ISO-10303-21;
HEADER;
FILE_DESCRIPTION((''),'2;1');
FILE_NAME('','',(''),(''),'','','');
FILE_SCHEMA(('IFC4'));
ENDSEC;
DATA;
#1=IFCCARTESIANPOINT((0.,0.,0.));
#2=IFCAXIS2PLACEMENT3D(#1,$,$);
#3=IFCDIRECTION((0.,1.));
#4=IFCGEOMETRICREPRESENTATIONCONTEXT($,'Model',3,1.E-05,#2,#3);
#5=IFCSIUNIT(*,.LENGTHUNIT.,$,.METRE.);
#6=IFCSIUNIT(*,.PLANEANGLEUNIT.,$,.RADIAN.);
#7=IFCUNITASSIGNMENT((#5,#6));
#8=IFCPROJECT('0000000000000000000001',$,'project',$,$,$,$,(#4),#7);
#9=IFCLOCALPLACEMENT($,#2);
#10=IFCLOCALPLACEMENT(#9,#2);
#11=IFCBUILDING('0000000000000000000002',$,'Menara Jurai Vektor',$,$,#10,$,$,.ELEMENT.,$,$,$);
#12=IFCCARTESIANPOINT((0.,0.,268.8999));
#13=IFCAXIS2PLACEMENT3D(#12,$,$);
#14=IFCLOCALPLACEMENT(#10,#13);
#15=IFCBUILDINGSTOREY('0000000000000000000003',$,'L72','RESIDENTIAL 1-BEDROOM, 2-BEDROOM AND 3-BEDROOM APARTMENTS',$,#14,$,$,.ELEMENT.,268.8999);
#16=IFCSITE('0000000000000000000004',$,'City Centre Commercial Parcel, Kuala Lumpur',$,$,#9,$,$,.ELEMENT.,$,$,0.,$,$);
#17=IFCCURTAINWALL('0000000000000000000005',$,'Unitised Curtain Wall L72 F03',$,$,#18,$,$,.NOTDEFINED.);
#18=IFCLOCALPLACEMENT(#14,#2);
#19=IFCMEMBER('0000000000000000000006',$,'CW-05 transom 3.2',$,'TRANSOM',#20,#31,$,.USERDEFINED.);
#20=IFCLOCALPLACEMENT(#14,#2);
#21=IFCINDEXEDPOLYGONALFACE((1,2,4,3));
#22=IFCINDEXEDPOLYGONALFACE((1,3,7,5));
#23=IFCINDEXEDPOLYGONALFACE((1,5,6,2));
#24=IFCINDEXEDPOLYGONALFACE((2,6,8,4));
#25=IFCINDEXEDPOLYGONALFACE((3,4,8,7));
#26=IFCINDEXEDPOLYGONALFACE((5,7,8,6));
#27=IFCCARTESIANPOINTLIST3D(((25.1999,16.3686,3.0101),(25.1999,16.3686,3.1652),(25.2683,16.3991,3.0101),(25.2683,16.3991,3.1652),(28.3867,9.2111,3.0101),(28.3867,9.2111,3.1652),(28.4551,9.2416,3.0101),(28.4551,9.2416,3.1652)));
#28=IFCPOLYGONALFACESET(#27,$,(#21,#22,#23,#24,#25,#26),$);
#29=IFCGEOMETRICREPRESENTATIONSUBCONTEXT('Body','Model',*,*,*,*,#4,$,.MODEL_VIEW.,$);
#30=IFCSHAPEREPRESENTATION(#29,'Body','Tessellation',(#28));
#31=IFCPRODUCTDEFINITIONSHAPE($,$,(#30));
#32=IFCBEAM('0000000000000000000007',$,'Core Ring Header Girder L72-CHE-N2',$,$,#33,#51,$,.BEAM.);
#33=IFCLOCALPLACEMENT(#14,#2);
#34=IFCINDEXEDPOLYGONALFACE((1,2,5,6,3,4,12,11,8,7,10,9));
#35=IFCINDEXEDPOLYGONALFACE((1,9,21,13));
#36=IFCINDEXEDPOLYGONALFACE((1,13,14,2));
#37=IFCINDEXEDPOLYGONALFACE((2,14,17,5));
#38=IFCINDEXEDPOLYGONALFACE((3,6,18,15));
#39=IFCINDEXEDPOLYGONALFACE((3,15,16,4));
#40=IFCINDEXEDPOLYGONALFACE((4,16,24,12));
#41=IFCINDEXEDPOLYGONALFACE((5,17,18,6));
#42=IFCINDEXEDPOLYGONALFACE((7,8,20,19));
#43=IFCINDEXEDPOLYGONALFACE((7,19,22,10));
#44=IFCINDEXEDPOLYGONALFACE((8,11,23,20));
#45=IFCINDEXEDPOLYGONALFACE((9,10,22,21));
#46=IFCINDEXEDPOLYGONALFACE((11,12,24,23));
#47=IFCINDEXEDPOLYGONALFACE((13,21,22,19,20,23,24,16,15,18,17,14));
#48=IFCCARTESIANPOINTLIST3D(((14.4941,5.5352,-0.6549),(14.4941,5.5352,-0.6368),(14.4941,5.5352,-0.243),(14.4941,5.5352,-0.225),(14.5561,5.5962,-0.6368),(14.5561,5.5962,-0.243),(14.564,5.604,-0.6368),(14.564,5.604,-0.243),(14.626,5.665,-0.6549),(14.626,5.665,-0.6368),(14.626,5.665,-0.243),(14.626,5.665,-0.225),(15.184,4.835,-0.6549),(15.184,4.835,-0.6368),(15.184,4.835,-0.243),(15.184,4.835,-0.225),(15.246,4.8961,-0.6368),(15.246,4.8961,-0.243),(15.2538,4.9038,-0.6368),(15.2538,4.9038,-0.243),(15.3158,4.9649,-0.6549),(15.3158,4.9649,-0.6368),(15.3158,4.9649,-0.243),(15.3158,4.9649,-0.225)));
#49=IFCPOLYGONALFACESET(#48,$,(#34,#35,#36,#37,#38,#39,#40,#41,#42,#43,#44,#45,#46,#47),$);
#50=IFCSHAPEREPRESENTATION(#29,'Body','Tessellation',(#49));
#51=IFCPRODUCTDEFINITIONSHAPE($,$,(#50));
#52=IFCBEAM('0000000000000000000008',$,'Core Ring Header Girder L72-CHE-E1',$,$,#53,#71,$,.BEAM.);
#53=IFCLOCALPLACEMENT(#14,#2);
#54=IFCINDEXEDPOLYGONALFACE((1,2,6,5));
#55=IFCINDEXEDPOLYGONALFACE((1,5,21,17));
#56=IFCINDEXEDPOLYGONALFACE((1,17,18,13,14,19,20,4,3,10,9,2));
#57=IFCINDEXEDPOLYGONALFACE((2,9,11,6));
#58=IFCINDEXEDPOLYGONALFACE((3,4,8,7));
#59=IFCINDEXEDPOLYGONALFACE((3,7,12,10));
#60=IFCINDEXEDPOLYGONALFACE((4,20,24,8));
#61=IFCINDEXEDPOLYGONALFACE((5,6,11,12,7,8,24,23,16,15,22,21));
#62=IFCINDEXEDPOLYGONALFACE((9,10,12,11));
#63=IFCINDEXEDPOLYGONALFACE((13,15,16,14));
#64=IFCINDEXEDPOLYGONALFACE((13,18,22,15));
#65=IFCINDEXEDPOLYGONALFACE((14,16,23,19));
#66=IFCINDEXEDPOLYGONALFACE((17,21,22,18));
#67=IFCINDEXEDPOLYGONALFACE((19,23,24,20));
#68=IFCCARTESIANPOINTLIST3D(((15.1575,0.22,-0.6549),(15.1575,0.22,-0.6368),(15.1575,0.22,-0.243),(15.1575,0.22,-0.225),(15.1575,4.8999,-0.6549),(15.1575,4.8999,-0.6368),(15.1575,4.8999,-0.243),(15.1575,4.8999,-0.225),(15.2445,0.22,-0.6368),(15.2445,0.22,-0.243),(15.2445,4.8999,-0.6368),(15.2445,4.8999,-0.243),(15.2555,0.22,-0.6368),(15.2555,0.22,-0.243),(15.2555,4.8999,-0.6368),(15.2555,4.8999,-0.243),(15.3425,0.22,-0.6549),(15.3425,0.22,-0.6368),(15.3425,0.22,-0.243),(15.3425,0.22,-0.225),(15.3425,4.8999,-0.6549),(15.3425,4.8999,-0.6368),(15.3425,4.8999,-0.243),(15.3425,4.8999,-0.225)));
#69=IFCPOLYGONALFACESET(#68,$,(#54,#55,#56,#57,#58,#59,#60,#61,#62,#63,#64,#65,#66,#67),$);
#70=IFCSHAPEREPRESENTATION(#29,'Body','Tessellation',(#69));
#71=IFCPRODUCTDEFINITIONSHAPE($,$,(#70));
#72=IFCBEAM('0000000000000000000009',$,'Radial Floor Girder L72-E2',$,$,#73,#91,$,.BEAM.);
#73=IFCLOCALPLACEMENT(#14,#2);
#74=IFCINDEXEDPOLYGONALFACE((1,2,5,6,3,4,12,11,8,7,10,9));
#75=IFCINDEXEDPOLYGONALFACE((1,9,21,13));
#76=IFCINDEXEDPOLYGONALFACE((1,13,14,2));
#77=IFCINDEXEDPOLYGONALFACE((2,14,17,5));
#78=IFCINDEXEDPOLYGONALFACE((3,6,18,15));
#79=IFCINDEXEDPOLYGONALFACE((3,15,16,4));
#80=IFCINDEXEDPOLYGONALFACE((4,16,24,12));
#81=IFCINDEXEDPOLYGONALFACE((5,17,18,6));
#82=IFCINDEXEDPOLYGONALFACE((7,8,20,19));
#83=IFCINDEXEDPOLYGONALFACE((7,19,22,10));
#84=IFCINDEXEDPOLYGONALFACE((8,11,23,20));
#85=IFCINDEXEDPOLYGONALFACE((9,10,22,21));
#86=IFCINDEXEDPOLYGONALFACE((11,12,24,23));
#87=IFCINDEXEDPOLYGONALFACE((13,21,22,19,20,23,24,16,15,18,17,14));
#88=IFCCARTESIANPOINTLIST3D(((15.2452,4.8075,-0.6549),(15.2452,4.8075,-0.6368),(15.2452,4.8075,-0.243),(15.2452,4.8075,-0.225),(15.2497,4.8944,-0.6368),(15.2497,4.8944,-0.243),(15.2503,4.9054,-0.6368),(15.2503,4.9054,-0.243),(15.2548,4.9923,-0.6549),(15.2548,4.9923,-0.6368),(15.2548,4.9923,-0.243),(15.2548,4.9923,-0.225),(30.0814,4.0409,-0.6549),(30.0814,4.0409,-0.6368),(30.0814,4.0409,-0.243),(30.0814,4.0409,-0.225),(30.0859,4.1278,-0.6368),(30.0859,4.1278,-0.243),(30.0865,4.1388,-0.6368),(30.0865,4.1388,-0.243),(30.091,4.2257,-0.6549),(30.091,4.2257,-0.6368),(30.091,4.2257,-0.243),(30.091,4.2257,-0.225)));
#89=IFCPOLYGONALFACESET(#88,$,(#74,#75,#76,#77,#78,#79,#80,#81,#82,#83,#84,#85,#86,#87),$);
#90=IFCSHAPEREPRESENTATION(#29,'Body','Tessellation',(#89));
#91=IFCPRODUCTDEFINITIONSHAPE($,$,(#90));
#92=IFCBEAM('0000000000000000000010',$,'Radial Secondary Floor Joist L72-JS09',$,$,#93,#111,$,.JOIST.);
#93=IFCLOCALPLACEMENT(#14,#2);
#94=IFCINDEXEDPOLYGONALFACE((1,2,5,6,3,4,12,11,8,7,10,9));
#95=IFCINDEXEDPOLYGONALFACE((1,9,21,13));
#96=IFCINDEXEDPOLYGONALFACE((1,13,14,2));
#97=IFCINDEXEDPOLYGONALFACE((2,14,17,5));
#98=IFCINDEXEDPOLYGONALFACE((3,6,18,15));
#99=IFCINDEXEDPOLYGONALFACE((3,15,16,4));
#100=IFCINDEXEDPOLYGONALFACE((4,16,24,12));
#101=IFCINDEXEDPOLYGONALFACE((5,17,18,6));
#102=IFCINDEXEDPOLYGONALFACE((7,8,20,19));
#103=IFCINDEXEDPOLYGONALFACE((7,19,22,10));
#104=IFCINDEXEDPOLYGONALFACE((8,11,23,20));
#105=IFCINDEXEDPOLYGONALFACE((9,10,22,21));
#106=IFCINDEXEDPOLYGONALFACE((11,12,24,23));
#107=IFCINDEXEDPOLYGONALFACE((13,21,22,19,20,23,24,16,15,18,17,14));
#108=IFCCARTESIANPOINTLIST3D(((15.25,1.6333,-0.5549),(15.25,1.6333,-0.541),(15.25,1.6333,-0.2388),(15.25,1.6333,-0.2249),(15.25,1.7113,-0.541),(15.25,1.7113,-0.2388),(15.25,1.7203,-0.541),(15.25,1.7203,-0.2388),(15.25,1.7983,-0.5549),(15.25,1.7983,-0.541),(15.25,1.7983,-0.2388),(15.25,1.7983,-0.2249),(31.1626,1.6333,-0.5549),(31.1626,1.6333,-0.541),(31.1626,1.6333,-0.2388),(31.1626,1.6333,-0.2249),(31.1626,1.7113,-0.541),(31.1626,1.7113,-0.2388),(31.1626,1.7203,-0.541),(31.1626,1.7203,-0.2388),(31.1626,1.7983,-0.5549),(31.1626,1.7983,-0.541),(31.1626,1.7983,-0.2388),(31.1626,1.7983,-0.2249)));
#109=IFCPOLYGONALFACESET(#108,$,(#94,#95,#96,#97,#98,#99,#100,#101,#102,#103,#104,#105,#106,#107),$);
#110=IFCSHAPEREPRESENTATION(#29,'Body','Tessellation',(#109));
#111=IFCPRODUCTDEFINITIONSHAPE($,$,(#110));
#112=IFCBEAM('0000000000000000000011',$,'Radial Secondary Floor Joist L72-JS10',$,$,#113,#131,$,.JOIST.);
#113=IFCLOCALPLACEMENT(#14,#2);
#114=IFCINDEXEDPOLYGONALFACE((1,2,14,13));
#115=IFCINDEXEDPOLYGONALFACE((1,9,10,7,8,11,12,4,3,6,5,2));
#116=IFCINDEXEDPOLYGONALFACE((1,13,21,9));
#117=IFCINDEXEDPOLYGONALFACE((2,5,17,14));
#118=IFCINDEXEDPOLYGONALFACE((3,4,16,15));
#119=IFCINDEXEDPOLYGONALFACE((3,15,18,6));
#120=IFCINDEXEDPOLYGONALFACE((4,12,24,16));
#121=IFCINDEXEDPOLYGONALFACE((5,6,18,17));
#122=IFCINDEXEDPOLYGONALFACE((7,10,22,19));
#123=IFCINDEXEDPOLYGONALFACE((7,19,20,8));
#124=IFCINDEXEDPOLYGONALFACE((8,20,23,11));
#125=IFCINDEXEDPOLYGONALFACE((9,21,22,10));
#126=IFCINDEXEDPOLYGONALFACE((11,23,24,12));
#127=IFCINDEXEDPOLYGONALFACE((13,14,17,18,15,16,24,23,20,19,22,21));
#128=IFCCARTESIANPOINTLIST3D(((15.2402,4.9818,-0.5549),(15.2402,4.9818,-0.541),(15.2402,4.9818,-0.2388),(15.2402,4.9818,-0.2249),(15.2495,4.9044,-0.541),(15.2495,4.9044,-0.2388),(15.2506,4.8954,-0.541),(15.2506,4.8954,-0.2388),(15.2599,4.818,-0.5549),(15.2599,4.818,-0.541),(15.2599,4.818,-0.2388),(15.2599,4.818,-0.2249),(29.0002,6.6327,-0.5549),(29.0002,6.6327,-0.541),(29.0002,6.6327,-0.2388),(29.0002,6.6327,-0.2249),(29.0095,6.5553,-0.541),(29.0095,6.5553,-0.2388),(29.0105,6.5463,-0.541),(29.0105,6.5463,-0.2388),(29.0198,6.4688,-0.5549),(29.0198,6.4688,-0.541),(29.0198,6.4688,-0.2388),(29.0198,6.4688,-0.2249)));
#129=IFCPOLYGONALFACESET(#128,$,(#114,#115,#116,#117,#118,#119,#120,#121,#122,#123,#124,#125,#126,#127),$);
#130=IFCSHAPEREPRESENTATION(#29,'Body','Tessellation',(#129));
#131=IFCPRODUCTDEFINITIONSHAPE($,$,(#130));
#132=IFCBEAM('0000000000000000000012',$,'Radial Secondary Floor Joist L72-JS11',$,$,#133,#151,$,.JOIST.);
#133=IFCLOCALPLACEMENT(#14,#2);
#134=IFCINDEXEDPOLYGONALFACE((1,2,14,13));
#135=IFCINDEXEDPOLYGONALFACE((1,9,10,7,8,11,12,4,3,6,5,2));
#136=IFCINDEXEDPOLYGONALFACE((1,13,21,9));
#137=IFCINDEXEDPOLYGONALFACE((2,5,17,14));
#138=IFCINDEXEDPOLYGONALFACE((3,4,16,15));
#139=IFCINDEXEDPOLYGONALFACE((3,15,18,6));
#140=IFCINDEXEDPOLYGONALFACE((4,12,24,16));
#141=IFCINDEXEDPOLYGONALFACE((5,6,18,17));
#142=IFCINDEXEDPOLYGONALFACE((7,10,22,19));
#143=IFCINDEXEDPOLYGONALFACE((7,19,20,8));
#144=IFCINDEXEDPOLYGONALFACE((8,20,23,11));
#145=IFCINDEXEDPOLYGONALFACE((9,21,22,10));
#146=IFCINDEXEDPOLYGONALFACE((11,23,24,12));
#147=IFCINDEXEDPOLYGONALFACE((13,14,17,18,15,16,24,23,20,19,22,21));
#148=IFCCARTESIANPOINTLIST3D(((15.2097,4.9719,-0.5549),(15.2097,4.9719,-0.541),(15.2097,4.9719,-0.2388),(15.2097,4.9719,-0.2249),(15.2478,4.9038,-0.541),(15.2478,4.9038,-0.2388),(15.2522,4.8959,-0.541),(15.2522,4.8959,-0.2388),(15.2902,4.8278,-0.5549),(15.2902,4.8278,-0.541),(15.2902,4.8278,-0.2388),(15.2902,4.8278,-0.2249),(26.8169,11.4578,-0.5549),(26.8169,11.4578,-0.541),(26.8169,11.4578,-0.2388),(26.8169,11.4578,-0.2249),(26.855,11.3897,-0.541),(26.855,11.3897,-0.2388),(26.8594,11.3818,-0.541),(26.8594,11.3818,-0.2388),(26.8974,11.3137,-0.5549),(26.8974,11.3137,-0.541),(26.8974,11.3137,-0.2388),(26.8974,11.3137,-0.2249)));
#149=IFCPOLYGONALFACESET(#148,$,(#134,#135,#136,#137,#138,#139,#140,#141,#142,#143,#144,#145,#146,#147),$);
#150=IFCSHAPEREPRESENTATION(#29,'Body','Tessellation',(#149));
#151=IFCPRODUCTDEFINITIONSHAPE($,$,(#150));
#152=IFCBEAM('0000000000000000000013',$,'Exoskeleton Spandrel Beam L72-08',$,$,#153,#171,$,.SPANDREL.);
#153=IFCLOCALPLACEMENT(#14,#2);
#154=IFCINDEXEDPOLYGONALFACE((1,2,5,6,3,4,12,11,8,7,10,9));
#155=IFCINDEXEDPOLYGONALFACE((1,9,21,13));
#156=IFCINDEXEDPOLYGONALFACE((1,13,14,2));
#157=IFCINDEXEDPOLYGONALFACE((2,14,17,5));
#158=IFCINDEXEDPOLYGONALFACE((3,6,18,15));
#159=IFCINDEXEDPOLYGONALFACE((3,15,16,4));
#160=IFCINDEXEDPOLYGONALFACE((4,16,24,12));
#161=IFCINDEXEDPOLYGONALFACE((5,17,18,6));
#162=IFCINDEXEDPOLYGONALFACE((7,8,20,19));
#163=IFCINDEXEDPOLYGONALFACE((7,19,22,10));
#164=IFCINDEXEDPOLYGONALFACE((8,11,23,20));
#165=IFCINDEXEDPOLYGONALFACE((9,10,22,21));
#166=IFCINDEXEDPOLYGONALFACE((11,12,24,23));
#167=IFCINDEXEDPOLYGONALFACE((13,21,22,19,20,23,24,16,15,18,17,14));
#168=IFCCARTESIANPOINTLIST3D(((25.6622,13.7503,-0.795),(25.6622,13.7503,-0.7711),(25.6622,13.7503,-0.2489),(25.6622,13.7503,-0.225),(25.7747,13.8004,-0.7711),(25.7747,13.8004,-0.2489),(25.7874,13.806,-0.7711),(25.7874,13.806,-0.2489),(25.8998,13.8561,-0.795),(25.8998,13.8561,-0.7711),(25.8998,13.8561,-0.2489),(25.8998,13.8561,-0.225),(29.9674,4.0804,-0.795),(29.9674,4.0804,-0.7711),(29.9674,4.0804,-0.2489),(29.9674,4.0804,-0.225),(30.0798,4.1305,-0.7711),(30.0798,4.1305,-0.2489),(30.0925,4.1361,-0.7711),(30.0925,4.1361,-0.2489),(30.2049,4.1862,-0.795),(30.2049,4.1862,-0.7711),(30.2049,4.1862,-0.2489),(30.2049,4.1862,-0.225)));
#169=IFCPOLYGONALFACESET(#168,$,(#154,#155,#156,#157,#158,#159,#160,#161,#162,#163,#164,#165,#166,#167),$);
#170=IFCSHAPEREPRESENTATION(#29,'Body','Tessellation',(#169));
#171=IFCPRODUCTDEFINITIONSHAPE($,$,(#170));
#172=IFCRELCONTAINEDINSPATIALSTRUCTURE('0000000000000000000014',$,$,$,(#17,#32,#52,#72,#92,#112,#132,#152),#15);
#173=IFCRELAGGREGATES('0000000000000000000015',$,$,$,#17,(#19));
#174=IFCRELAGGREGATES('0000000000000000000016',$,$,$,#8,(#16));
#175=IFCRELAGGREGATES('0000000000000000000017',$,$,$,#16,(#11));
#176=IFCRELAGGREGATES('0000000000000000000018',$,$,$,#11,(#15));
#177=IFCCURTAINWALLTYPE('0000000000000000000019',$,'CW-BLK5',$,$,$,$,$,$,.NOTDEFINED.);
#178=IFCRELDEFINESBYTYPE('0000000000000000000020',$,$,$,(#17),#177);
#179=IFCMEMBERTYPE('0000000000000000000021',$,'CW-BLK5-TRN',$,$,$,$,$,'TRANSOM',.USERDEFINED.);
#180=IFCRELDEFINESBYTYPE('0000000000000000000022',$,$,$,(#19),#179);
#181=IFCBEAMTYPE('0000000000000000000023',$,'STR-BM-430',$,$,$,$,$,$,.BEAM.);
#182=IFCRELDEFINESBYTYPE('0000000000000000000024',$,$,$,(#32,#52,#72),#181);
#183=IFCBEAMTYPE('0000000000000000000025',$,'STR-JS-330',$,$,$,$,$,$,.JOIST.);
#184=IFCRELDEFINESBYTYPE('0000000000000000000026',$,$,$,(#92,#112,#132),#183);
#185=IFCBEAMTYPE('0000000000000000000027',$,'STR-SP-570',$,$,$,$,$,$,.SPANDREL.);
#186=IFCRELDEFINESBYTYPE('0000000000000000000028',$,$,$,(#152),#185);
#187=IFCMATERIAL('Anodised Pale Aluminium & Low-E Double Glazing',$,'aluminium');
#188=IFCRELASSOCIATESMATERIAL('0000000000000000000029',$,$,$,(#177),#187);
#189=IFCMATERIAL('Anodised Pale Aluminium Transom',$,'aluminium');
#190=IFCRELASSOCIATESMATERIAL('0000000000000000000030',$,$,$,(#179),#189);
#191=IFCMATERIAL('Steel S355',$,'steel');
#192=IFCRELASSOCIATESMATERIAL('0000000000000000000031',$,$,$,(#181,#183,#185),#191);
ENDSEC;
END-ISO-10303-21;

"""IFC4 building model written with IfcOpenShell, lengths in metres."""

from ifc_helpers import new_model, si_unit, direction, frame, origin, origin_2d, place, context, subcontext, project, spatial, rectangle, i_section, extrude, material, material_profile, profile_set, type_object, element, aggregate, save


model = new_model("IFC4")

# Units and contexts
model_context = context("Model", 3, precision=1e-05, world=origin(), true_north=direction((0.0, 1.0)))
body_context = subcontext(model_context, "Body", "Model", "MODEL_VIEW")
ifc_project = project(units=[si_unit("LENGTHUNIT", "METRE"), si_unit("PLANEANGLEUNIT", "RADIAN")], contexts=[model_context])

# Site, building, storey
site_placement = place(None, origin())
site = spatial("IfcSite", under=ifc_project, at=site_placement, Name="City Centre Commercial Parcel, Kuala Lumpur", CompositionType="ELEMENT", RefElevation=0.0)
building_placement = place(site_placement, origin())
building = spatial("IfcBuilding", under=site, at=building_placement, Name="Menara Jurai Vektor", CompositionType="ELEMENT")
storey_placement = place(building_placement, frame((0.0, 0.0, 268.8999)))
storey = spatial("IfcBuildingStorey", under=building, at=storey_placement, Name="L72", Description="RESIDENTIAL 1-BEDROOM, 2-BEDROOM AND 3-BEDROOM APARTMENTS", CompositionType="ELEMENT", Elevation=268.8999)

# Curtain wall, member
ifc_material_1 = material(Name="Anodised Pale Aluminium & Low-E Double Glazing", Category="aluminium")
curtain_wall_type = type_object("IfcCurtainWallType", Name="CW-BLK5", PredefinedType="NOTDEFINED", material=ifc_material_1)
curtain_wall_placement = place(storey_placement, origin())
curtain_wall = element("IfcCurtainWall", 1, at=curtain_wall_placement, inside=storey, type_object=curtain_wall_type, Name="Unitised Curtain Wall L72 F03", PredefinedType="NOTDEFINED")
ifc_material_2 = material(Name="Anodised Pale Aluminium Transom", Category="aluminium")
ifc_material_profile_1 = material_profile(ifc_material_2, rectangle(XDim=0.075, YDim=0.155, at=origin_2d()), Name="ALU TRN 75x155")
ifc_profile_set_1 = profile_set([ifc_material_profile_1], Name="Anodised Pale Aluminium Transom")
member_type_1 = type_object("IfcMemberType", Name="CW-BLK5-TRN", ElementType="TRANSOM", PredefinedType="USERDEFINED", material=ifc_profile_set_1)
member_1_placement = place(storey_placement, frame((28.4209, 9.2263, 3.0876), z_axis=(-0.406743, 0.913543, 0.0), x_axis=(-0.913543, -0.406743, 0.0)))
member_1 = element("IfcMember", 2, at=member_1_placement, type_object=member_type_1, Name="CW-05 transom 3.2", ObjectType="TRANSOM", PredefinedType="USERDEFINED", context=body_context, shape_type="SweptSolid", body=[
    extrude(rectangle(XDim=0.075, YDim=0.155, at=origin_2d()), origin(), (0.0, 0.0, 1.0), 7.835),
])

# Beams
ifc_material_3 = material(Name="Steel S355", Category="steel")
ifc_material_profile_2 = material_profile(ifc_material_3, i_section(OverallWidth=0.1851, OverallDepth=0.4299, WebThickness=0.011, FlangeThickness=0.0181, at=origin_2d()), Name="PG 430x185x76")
ifc_profile_set_2 = profile_set([ifc_material_profile_2], Name="Steel S355")
beam_type_1 = type_object("IfcBeamType", Name="STR-BM-430", PredefinedType="BEAM", material=ifc_profile_set_2)
beam_1_placement = place(storey_placement, frame((14.5601, 5.6001, -0.4399), z_axis=(0.701872, -0.712303, 0.0), x_axis=(0.712303, 0.701872, 0.0)))
element("IfcBeam", 3, at=beam_1_placement, inside=storey, type_object=beam_type_1, Name="Core Ring Header Girder L72-CHE-N2", PredefinedType="BEAM", context=body_context, shape_type="SweptSolid", body=[
    extrude(i_section(OverallWidth=0.1851, OverallDepth=0.4299, WebThickness=0.011, FlangeThickness=0.0181, at=origin_2d()), origin(), (0.0, 0.0, 1.0), 0.9829),
])
beam_2_placement = place(storey_placement, frame((15.25, 0.22, -0.4399), z_axis=(0.0, 1.0, 0.0), x_axis=(-1.0, 0.0, 0.0)))
element("IfcBeam", 4, at=beam_2_placement, inside=storey, type_object=beam_type_1, Name="Core Ring Header Girder L72-CHE-E1", PredefinedType="BEAM", context=body_context, shape_type="SweptSolid", body=[
    extrude(i_section(OverallWidth=0.1851, OverallDepth=0.4299, WebThickness=0.011, FlangeThickness=0.0181, at=origin_2d()), origin(), (0.0, 0.0, 1.0), 4.6799),
])
beam_3_placement = place(storey_placement, frame((30.0862, 4.1333, -0.4399), z_axis=(-0.998668, 0.051602, 0.0), x_axis=(-0.051602, -0.998668, 0.0)))
element("IfcBeam", 5, at=beam_3_placement, inside=storey, type_object=beam_type_1, Name="Radial Floor Girder L72-E2", PredefinedType="BEAM", context=body_context, shape_type="SweptSolid", body=[
    extrude(i_section(OverallWidth=0.1851, OverallDepth=0.4299, WebThickness=0.011, FlangeThickness=0.0181, at=origin_2d()), origin(), (0.0, 0.0, 1.0), 14.856),
])
ifc_material_profile_3 = material_profile(ifc_material_3, i_section(OverallWidth=0.165, OverallDepth=0.3301, WebThickness=0.009, FlangeThickness=0.0139, at=origin_2d()), Name="PG 330x165x46")
ifc_profile_set_3 = profile_set([ifc_material_profile_3], Name="Steel S355")
beam_type_2 = type_object("IfcBeamType", Name="STR-JS-330", PredefinedType="JOIST", material=ifc_profile_set_3)
beam_4_placement = place(storey_placement, frame((31.1626, 1.7158, -0.3899), z_axis=(-1.0, 0.0, 0.0), x_axis=(0.0, -1.0, 0.0)))
element("IfcBeam", 6, at=beam_4_placement, inside=storey, type_object=beam_type_2, Name="Radial Secondary Floor Joist L72-JS09", PredefinedType="JOIST", context=body_context, shape_type="SweptSolid", body=[
    extrude(i_section(OverallWidth=0.165, OverallDepth=0.3301, WebThickness=0.009, FlangeThickness=0.0139, at=origin_2d()), origin(), (0.0, 0.0, 1.0), 15.9126),
])
beam_5_placement = place(storey_placement, frame((29.01, 6.5508, -0.3899), z_axis=(-0.99288, -0.119122, 0.0), x_axis=(0.119122, -0.99288, 0.0)))
element("IfcBeam", 7, at=beam_5_placement, inside=storey, type_object=beam_type_2, Name="Radial Secondary Floor Joist L72-JS10", PredefinedType="JOIST", context=body_context, shape_type="SweptSolid", body=[
    extrude(i_section(OverallWidth=0.165, OverallDepth=0.3301, WebThickness=0.009, FlangeThickness=0.0139, at=origin_2d()), origin(), (0.0, 0.0, 1.0), 13.8586),
])
beam_6_placement = place(storey_placement, frame((26.8572, 11.3857, -0.3899), z_axis=(-0.87296, -0.487791, 0.0), x_axis=(0.487791, -0.87296, 0.0)))
element("IfcBeam", 8, at=beam_6_placement, inside=storey, type_object=beam_type_2, Name="Radial Secondary Floor Joist L72-JS11", PredefinedType="JOIST", context=body_context, shape_type="SweptSolid", body=[
    extrude(i_section(OverallWidth=0.165, OverallDepth=0.3301, WebThickness=0.009, FlangeThickness=0.0139, at=origin_2d()), origin(), (0.0, 0.0, 1.0), 13.2964),
])
ifc_material_profile_4 = material_profile(ifc_material_3, i_section(OverallWidth=0.26, OverallDepth=0.5701, WebThickness=0.0139, FlangeThickness=0.0239, at=origin_2d()), Name="PG 570x260x145")
ifc_profile_set_4 = profile_set([ifc_material_profile_4], Name="Steel S355")
beam_type_3 = type_object("IfcBeamType", Name="STR-SP-570", PredefinedType="SPANDREL", material=ifc_profile_set_4)
beam_7_placement = place(storey_placement, frame((30.0862, 4.1333, -0.51), z_axis=(-0.406725, 0.913551, 0.0), x_axis=(-0.913551, -0.406725, 0.0)))
element("IfcBeam", 9, at=beam_7_placement, inside=storey, type_object=beam_type_3, Name="Exoskeleton Spandrel Beam L72-08", PredefinedType="SPANDREL", context=body_context, shape_type="SweptSolid", body=[
    extrude(i_section(OverallWidth=0.26, OverallDepth=0.5701, WebThickness=0.0139, FlangeThickness=0.0239, at=origin_2d()), origin(), (0.0, 0.0, 1.0), 10.585),
])

aggregate(curtain_wall, [member_1])

save(model, "model.ifc")
